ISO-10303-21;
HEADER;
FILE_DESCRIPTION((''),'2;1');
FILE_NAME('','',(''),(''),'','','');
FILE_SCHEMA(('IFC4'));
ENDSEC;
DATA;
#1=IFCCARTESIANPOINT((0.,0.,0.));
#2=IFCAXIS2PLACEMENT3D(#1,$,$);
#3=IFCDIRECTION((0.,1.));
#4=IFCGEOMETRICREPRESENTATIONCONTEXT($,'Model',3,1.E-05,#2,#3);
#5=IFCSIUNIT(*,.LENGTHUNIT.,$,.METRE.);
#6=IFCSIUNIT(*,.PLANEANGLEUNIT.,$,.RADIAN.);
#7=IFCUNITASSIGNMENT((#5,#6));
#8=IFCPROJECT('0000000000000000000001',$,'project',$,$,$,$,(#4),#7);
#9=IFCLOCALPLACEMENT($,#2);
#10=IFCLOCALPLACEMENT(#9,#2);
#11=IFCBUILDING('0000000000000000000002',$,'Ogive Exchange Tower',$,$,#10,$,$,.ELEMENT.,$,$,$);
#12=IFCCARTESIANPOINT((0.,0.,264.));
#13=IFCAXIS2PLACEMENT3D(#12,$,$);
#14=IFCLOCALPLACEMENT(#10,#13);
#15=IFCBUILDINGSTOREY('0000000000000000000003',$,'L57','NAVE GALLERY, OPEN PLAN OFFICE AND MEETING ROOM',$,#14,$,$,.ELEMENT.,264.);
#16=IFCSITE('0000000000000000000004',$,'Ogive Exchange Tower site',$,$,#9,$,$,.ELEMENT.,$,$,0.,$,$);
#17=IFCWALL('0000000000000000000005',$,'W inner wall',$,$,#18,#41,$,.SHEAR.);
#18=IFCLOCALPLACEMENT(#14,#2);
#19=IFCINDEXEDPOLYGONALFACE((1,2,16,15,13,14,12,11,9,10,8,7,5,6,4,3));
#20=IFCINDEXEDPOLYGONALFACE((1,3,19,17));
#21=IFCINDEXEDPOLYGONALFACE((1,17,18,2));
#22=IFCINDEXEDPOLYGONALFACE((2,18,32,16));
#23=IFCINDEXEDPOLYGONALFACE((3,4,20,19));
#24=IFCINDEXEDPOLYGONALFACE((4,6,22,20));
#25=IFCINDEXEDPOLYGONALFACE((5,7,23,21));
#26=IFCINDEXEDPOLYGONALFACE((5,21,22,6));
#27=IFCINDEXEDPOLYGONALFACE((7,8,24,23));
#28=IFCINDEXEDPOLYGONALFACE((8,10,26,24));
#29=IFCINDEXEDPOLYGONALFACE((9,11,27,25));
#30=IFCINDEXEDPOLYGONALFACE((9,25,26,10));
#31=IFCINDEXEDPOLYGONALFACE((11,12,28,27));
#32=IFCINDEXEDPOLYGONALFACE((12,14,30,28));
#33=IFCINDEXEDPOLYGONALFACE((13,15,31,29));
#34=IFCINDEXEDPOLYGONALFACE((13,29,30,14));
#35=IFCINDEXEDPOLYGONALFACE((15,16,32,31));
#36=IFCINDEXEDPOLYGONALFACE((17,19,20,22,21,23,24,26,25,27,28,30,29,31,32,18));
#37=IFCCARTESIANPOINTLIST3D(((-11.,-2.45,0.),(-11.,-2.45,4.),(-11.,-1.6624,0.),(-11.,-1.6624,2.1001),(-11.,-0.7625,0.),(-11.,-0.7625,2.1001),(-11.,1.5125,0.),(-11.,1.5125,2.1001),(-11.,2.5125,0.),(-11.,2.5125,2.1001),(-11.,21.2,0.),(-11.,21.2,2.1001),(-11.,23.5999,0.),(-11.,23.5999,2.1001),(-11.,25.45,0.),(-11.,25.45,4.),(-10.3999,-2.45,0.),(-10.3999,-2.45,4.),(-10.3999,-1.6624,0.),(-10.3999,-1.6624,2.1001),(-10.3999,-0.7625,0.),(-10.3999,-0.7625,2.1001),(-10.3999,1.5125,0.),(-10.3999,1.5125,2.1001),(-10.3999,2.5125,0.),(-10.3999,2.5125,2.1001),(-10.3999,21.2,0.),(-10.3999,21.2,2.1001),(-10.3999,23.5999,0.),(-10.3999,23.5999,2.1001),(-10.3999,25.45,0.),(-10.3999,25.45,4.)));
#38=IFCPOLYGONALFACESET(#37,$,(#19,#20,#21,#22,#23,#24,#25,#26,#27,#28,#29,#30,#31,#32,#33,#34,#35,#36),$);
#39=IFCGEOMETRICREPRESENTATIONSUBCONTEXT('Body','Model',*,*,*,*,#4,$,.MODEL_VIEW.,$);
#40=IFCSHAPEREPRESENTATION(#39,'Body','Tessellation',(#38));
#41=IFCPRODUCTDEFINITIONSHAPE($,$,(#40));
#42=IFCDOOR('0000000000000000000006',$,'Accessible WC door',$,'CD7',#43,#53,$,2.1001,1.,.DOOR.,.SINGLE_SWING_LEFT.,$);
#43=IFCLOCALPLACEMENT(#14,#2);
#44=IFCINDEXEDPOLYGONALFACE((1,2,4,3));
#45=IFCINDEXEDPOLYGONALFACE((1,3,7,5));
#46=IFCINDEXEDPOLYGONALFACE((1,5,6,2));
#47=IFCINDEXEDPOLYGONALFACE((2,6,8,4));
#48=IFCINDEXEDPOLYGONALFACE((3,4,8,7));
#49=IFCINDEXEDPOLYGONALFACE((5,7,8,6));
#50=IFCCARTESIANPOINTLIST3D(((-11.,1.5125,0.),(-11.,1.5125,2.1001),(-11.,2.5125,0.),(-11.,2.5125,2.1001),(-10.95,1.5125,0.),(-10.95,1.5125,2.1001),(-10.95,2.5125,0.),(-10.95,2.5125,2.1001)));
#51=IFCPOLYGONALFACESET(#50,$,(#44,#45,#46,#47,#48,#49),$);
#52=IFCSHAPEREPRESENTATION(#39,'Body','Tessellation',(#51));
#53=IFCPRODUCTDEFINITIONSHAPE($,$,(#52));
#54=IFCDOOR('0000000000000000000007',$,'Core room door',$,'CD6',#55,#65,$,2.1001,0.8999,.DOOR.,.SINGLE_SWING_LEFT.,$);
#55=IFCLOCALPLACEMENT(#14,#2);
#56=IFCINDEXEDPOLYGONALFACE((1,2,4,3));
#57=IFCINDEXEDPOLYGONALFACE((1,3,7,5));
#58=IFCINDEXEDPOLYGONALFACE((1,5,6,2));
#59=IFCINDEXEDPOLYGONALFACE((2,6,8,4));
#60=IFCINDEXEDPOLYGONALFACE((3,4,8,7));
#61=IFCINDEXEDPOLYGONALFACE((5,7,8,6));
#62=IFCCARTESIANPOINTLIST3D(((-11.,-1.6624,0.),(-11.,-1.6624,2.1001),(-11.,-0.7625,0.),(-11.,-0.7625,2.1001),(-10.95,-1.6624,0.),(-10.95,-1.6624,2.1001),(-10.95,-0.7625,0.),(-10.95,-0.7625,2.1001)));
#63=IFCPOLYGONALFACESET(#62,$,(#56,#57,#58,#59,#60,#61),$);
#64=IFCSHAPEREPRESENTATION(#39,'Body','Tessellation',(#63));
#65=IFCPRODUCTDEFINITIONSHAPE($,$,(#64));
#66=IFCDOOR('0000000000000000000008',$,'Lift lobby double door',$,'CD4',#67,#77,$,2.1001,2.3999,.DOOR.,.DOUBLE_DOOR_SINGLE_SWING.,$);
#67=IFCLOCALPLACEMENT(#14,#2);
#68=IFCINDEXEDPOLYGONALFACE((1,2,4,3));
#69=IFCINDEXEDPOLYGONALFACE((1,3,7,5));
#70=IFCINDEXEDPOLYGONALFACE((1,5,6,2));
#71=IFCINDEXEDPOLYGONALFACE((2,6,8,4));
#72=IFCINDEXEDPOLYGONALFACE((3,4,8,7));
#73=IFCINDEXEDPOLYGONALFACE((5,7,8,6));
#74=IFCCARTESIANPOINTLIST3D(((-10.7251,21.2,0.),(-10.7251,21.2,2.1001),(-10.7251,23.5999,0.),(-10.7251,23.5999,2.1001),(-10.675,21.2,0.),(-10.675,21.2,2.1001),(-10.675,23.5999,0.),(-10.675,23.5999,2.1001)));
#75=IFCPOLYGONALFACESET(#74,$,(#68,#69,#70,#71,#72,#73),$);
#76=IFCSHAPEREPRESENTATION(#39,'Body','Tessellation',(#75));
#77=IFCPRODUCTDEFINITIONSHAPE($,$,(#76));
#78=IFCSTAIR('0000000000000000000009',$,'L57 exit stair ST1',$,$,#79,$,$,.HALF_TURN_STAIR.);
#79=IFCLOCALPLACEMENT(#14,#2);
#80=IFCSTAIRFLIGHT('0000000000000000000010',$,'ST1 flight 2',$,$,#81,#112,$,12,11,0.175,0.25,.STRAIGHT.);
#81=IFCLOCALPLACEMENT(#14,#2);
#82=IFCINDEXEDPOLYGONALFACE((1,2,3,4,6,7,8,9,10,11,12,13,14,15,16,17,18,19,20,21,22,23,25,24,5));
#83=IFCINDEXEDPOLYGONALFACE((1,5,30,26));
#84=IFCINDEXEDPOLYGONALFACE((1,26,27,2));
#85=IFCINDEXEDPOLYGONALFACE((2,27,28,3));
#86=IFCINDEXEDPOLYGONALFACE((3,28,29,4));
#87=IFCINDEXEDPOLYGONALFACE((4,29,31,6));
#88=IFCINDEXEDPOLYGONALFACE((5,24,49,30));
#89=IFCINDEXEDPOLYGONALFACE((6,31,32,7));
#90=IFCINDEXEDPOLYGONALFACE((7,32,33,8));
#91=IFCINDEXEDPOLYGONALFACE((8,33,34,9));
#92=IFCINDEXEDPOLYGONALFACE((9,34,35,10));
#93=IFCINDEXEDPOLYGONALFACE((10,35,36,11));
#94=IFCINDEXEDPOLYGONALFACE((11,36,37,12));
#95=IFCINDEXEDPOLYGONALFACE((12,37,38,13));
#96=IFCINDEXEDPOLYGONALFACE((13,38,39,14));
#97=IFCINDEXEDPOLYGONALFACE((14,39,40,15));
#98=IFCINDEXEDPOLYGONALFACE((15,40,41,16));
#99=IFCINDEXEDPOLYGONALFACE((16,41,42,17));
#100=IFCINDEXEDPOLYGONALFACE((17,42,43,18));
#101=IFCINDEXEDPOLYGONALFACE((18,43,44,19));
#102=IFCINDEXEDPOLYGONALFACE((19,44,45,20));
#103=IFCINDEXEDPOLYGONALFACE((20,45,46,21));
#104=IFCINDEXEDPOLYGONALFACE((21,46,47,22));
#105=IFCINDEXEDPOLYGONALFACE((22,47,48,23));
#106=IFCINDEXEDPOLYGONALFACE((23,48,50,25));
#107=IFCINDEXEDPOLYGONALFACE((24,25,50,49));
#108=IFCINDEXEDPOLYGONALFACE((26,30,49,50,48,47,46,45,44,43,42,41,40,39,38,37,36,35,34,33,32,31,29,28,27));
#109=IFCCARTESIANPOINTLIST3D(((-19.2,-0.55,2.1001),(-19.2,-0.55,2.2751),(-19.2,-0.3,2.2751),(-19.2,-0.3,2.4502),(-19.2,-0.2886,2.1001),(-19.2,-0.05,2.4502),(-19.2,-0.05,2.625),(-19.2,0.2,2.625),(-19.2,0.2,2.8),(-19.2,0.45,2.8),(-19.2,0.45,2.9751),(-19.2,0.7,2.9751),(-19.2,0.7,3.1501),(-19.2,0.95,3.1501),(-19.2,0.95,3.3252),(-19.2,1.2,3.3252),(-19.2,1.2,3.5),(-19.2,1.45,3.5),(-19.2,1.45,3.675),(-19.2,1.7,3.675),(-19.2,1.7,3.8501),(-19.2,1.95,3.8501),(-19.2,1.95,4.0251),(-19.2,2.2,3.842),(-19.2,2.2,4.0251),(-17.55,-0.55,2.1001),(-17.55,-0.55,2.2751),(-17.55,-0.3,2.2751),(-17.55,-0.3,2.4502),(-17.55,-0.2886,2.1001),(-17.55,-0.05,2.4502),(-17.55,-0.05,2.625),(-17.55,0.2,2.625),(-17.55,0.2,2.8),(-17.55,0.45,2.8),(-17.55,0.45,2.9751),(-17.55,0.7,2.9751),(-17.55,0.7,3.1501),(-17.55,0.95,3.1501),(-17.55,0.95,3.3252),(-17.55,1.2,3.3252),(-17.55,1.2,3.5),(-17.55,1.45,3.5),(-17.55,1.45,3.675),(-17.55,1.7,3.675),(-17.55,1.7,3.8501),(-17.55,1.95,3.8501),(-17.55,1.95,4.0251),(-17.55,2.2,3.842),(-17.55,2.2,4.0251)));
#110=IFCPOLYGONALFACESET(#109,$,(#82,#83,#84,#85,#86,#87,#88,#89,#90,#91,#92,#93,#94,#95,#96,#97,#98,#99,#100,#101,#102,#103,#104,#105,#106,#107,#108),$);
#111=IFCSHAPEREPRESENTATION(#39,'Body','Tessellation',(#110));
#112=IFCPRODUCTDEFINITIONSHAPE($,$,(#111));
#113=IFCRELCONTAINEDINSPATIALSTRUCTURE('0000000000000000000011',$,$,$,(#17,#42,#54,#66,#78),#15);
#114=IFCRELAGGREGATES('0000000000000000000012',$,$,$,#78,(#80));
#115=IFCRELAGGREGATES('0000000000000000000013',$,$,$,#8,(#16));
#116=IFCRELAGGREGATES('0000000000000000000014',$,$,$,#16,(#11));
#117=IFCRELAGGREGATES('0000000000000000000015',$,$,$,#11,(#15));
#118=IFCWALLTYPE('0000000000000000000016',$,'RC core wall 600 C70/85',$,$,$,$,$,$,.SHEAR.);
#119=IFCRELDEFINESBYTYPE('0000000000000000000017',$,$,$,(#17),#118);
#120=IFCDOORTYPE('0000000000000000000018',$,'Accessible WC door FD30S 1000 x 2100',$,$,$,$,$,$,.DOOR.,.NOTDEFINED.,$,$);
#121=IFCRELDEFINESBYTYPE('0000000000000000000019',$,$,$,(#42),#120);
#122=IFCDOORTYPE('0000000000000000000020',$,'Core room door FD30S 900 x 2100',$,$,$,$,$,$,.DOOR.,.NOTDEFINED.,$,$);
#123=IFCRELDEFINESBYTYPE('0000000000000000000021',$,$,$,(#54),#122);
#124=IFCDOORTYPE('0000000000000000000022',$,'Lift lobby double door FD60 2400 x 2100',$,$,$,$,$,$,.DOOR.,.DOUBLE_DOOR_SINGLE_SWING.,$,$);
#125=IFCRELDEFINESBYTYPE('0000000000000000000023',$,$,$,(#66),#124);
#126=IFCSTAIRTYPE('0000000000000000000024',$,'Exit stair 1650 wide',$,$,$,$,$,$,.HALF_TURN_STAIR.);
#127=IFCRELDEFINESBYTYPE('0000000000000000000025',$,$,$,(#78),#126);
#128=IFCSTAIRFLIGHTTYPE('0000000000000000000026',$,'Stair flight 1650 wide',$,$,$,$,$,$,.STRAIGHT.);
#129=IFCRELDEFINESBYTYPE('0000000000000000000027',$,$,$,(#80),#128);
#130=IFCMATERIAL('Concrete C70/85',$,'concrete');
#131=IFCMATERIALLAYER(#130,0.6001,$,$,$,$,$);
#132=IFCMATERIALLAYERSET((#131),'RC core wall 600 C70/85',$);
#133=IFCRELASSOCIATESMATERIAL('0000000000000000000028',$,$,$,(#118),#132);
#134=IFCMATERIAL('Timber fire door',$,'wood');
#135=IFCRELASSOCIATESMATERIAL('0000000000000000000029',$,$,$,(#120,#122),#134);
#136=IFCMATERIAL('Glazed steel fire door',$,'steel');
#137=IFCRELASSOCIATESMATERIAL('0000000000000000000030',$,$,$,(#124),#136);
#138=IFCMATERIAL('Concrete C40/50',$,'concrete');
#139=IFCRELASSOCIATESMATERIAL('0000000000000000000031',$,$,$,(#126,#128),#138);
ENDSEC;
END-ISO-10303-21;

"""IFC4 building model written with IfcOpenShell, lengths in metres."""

from ifc_helpers import new_model, si_unit, direction, frame, frame_2d, origin, place, context, subcontext, project, spatial, polyline, rectangle, outline, extrude, material, layer, layer_set, type_object, element, fill, aggregate, save


model = new_model("IFC4")

# Units and contexts
model_context = context("Model", 3, precision=1e-05, world=origin(), true_north=direction((0.0, 1.0)))
body_context = subcontext(model_context, "Body", "Model", "MODEL_VIEW")
ifc_project = project(units=[si_unit("LENGTHUNIT", "METRE"), si_unit("PLANEANGLEUNIT", "RADIAN")], contexts=[model_context])

# Site, building, storey
site_placement = place(None, origin())
site = spatial("IfcSite", under=ifc_project, at=site_placement, Name="Ogive Exchange Tower site", CompositionType="ELEMENT", RefElevation=0.0)
building_placement = place(site_placement, origin())
building = spatial("IfcBuilding", under=site, at=building_placement, Name="Ogive Exchange Tower", CompositionType="ELEMENT")
storey_placement = place(building_placement, frame((0.0, 0.0, 264.0)))
storey = spatial("IfcBuildingStorey", under=building, at=storey_placement, Name="L57", Description="NAVE GALLERY, OPEN PLAN OFFICE AND MEETING ROOM", CompositionType="ELEMENT", Elevation=264.0)

# Shared definitions
ifc_material_1 = material(Name="Concrete C70/85", Category="concrete")

# Wall, openings, doors
ifc_layer_1 = layer(ifc_material_1, 0.6001)
ifc_layer_set_1 = layer_set([ifc_layer_1], Name="RC core wall 600 C70/85")
wall_type_1 = type_object("IfcWallType", Name="RC core wall 600 C70/85", PredefinedType="SHEAR", material=ifc_layer_set_1)
wall_1_placement = place(storey_placement, frame((-10.7, -2.45, 0.0), z_axis=(0.0, 0.0, 1.0), x_axis=(0.0, 1.0, 0.0)))
wall_1 = element("IfcWall", 1, at=wall_1_placement, inside=storey, type_object=wall_type_1, Name="W inner wall", PredefinedType="SHEAR", context=body_context, shape_type="SweptSolid", body=[
    extrude(rectangle(XDim=27.8999, YDim=0.6001, at=frame_2d((13.95, 0.0))), origin(), (0.0, 0.0, 1.0), 4.0),
])
opening_1_placement = place(wall_1_placement, frame((23.6499, 0.0, 0.0)))
opening_1 = element("IfcOpeningElement", 2, at=opening_1_placement, cuts=wall_1, PredefinedType="OPENING", context=body_context, shape_type="SweptSolid", body=[
    extrude(rectangle(XDim=2.3999, YDim=2.1001, at=frame_2d((1.2, 1.05))), frame((0.0, 0.3101, 0.0), z_axis=(0.0, -1.0, 0.0), x_axis=(1.0, 0.0, 0.0)), (0.0, 0.0, 1.0), 0.6201),
])
opening_2_placement = place(wall_1_placement, frame((0.7876, 0.0, 0.0)))
opening_2 = element("IfcOpeningElement", 3, at=opening_2_placement, cuts=wall_1, PredefinedType="OPENING", context=body_context, shape_type="SweptSolid", body=[
    extrude(rectangle(XDim=0.8999, YDim=2.1001, at=frame_2d((0.45, 1.05))), frame((0.0, 0.3101, 0.0), z_axis=(0.0, -1.0, 0.0), x_axis=(1.0, 0.0, 0.0)), (0.0, 0.0, 1.0), 0.6201),
])
opening_3_placement = place(wall_1_placement, frame((3.9624, 0.0, 0.0)))
opening_3 = element("IfcOpeningElement", 4, at=opening_3_placement, cuts=wall_1, PredefinedType="OPENING", context=body_context, shape_type="SweptSolid", body=[
    extrude(rectangle(XDim=1.0, YDim=2.1001, at=frame_2d((0.5, 1.05))), frame((0.0, 0.3101, 0.0), z_axis=(0.0, -1.0, 0.0), x_axis=(1.0, 0.0, 0.0)), (0.0, 0.0, 1.0), 0.6201),
])
ifc_material_2 = material(Name="Timber fire door", Category="wood")
door_type_1 = type_object("IfcDoorType", Name="Accessible WC door FD30S 1000 x 2100", OperationType="NOTDEFINED", PredefinedType="DOOR", material=ifc_material_2)
door_1_placement = place(opening_3_placement, frame((1.0, 0.5498, 0.0), z_axis=(0.0, 0.0, 1.0), x_axis=(-1.0, 0.0, 0.0)))
door_1 = element("IfcDoor", 5, at=door_1_placement, inside=storey, type_object=door_type_1, Name="Accessible WC door", ObjectType="CD7", OperationType="SINGLE_SWING_LEFT", OverallHeight=2.1001, OverallWidth=1.0, PredefinedType="DOOR", context=body_context, shape_type="SweptSolid", body=[
    extrude(rectangle(XDim=1.0, YDim=2.1001, at=frame_2d((0.5, 1.05))), frame((0.0, 0.2998, 0.0), z_axis=(0.0, -1.0, 0.0), x_axis=(1.0, 0.0, 0.0)), (0.0, 0.0, 1.0), 0.05),
])
fill(opening_3, door_1)
door_type_2 = type_object("IfcDoorType", Name="Core room door FD30S 900 x 2100", OperationType="NOTDEFINED", PredefinedType="DOOR", material=ifc_material_2)
door_2_placement = place(opening_2_placement, frame((0.8999, 0.5498, 0.0), z_axis=(0.0, 0.0, 1.0), x_axis=(-1.0, 0.0, 0.0)))
door_2 = element("IfcDoor", 6, at=door_2_placement, inside=storey, type_object=door_type_2, Name="Core room door", ObjectType="CD6", OperationType="SINGLE_SWING_LEFT", OverallHeight=2.1001, OverallWidth=0.8999, PredefinedType="DOOR", context=body_context, shape_type="SweptSolid", body=[
    extrude(rectangle(XDim=0.8999, YDim=2.1001, at=frame_2d((0.45, 1.05))), frame((0.0, 0.2998, 0.0), z_axis=(0.0, -1.0, 0.0), x_axis=(1.0, 0.0, 0.0)), (0.0, 0.0, 1.0), 0.05),
])
fill(opening_2, door_2)
ifc_material_3 = material(Name="Glazed steel fire door", Category="steel")
door_type_3 = type_object("IfcDoorType", Name="Lift lobby double door FD60 2400 x 2100", OperationType="DOUBLE_DOOR_SINGLE_SWING", PredefinedType="DOOR", material=ifc_material_3)
door_3_placement = place(opening_1_placement, frame((2.3999, 0.0, 0.0), z_axis=(0.0, 0.0, 1.0), x_axis=(-1.0, 0.0, 0.0)))
door_3 = element("IfcDoor", 7, at=door_3_placement, inside=storey, type_object=door_type_3, Name="Lift lobby double door", ObjectType="CD4", OperationType="DOUBLE_DOOR_SINGLE_SWING", OverallHeight=2.1001, OverallWidth=2.3999, PredefinedType="DOOR", context=body_context, shape_type="SweptSolid", body=[
    extrude(rectangle(XDim=2.3999, YDim=2.1001, at=frame_2d((1.2, 1.05))), frame((0.0, 0.0249, 0.0), z_axis=(0.0, -1.0, 0.0), x_axis=(1.0, 0.0, 0.0)), (0.0, 0.0, 1.0), 0.05),
])
fill(opening_1, door_3)

# Stair, stair flight
ifc_material_4 = material(Name="Concrete C40/50", Category="concrete")
stair_type = type_object("IfcStairType", Name="Exit stair 1650 wide", PredefinedType="HALF_TURN_STAIR", material=ifc_material_4)
stair_placement = place(storey_placement, origin())
stair = element("IfcStair", 8, at=stair_placement, inside=storey, type_object=stair_type, Name="L57 exit stair ST1", PredefinedType="HALF_TURN_STAIR")
stair_flight_type = type_object("IfcStairFlightType", Name="Stair flight 1650 wide", PredefinedType="STRAIGHT", material=ifc_material_4)
stair_flight_placement = place(storey_placement, frame((-18.375, -0.55, 2.1001), z_axis=(0.0, 0.0, 1.0), x_axis=(0.0, 1.0, 0.0)))
stair_flight = element("IfcStairFlight", 9, at=stair_flight_placement, type_object=stair_flight_type, Name="ST1 flight 2", NumberOfRisers=12, NumberOfTreads=11, PredefinedType="STRAIGHT", RiserHeight=0.175, TreadLength=0.25, context=body_context, shape_type="SweptSolid", body=[
    extrude(outline(polyline([(0.0, 0.0), (0.0, 0.175), (0.25, 0.175), (0.25, 0.3501), (0.5, 0.3501), (0.5, 0.5249), (0.75, 0.5249), (0.75, 0.7), (1.0, 0.7), (1.0, 0.875), (1.25, 0.875), (1.25, 1.05), (1.5, 1.05), (1.5, 1.2251), (1.75, 1.2251), (1.75, 1.3999), (2.0, 1.3999), (2.0, 1.575), (2.25, 1.575), (2.25, 1.75), (2.5, 1.75), (2.5, 1.925), (2.75, 1.925), (2.75, 2.1001), (2.75, 1.7419), (0.2615, 0.0), (0.0, 0.0)])), frame((0.0, 0.825, 0.0), z_axis=(0.0, -1.0, 0.0), x_axis=(1.0, 0.0, 0.0)), (0.0, 0.0, 1.0), 1.6499),
])
aggregate(stair, [stair_flight])

save(model, "model.ifc")
